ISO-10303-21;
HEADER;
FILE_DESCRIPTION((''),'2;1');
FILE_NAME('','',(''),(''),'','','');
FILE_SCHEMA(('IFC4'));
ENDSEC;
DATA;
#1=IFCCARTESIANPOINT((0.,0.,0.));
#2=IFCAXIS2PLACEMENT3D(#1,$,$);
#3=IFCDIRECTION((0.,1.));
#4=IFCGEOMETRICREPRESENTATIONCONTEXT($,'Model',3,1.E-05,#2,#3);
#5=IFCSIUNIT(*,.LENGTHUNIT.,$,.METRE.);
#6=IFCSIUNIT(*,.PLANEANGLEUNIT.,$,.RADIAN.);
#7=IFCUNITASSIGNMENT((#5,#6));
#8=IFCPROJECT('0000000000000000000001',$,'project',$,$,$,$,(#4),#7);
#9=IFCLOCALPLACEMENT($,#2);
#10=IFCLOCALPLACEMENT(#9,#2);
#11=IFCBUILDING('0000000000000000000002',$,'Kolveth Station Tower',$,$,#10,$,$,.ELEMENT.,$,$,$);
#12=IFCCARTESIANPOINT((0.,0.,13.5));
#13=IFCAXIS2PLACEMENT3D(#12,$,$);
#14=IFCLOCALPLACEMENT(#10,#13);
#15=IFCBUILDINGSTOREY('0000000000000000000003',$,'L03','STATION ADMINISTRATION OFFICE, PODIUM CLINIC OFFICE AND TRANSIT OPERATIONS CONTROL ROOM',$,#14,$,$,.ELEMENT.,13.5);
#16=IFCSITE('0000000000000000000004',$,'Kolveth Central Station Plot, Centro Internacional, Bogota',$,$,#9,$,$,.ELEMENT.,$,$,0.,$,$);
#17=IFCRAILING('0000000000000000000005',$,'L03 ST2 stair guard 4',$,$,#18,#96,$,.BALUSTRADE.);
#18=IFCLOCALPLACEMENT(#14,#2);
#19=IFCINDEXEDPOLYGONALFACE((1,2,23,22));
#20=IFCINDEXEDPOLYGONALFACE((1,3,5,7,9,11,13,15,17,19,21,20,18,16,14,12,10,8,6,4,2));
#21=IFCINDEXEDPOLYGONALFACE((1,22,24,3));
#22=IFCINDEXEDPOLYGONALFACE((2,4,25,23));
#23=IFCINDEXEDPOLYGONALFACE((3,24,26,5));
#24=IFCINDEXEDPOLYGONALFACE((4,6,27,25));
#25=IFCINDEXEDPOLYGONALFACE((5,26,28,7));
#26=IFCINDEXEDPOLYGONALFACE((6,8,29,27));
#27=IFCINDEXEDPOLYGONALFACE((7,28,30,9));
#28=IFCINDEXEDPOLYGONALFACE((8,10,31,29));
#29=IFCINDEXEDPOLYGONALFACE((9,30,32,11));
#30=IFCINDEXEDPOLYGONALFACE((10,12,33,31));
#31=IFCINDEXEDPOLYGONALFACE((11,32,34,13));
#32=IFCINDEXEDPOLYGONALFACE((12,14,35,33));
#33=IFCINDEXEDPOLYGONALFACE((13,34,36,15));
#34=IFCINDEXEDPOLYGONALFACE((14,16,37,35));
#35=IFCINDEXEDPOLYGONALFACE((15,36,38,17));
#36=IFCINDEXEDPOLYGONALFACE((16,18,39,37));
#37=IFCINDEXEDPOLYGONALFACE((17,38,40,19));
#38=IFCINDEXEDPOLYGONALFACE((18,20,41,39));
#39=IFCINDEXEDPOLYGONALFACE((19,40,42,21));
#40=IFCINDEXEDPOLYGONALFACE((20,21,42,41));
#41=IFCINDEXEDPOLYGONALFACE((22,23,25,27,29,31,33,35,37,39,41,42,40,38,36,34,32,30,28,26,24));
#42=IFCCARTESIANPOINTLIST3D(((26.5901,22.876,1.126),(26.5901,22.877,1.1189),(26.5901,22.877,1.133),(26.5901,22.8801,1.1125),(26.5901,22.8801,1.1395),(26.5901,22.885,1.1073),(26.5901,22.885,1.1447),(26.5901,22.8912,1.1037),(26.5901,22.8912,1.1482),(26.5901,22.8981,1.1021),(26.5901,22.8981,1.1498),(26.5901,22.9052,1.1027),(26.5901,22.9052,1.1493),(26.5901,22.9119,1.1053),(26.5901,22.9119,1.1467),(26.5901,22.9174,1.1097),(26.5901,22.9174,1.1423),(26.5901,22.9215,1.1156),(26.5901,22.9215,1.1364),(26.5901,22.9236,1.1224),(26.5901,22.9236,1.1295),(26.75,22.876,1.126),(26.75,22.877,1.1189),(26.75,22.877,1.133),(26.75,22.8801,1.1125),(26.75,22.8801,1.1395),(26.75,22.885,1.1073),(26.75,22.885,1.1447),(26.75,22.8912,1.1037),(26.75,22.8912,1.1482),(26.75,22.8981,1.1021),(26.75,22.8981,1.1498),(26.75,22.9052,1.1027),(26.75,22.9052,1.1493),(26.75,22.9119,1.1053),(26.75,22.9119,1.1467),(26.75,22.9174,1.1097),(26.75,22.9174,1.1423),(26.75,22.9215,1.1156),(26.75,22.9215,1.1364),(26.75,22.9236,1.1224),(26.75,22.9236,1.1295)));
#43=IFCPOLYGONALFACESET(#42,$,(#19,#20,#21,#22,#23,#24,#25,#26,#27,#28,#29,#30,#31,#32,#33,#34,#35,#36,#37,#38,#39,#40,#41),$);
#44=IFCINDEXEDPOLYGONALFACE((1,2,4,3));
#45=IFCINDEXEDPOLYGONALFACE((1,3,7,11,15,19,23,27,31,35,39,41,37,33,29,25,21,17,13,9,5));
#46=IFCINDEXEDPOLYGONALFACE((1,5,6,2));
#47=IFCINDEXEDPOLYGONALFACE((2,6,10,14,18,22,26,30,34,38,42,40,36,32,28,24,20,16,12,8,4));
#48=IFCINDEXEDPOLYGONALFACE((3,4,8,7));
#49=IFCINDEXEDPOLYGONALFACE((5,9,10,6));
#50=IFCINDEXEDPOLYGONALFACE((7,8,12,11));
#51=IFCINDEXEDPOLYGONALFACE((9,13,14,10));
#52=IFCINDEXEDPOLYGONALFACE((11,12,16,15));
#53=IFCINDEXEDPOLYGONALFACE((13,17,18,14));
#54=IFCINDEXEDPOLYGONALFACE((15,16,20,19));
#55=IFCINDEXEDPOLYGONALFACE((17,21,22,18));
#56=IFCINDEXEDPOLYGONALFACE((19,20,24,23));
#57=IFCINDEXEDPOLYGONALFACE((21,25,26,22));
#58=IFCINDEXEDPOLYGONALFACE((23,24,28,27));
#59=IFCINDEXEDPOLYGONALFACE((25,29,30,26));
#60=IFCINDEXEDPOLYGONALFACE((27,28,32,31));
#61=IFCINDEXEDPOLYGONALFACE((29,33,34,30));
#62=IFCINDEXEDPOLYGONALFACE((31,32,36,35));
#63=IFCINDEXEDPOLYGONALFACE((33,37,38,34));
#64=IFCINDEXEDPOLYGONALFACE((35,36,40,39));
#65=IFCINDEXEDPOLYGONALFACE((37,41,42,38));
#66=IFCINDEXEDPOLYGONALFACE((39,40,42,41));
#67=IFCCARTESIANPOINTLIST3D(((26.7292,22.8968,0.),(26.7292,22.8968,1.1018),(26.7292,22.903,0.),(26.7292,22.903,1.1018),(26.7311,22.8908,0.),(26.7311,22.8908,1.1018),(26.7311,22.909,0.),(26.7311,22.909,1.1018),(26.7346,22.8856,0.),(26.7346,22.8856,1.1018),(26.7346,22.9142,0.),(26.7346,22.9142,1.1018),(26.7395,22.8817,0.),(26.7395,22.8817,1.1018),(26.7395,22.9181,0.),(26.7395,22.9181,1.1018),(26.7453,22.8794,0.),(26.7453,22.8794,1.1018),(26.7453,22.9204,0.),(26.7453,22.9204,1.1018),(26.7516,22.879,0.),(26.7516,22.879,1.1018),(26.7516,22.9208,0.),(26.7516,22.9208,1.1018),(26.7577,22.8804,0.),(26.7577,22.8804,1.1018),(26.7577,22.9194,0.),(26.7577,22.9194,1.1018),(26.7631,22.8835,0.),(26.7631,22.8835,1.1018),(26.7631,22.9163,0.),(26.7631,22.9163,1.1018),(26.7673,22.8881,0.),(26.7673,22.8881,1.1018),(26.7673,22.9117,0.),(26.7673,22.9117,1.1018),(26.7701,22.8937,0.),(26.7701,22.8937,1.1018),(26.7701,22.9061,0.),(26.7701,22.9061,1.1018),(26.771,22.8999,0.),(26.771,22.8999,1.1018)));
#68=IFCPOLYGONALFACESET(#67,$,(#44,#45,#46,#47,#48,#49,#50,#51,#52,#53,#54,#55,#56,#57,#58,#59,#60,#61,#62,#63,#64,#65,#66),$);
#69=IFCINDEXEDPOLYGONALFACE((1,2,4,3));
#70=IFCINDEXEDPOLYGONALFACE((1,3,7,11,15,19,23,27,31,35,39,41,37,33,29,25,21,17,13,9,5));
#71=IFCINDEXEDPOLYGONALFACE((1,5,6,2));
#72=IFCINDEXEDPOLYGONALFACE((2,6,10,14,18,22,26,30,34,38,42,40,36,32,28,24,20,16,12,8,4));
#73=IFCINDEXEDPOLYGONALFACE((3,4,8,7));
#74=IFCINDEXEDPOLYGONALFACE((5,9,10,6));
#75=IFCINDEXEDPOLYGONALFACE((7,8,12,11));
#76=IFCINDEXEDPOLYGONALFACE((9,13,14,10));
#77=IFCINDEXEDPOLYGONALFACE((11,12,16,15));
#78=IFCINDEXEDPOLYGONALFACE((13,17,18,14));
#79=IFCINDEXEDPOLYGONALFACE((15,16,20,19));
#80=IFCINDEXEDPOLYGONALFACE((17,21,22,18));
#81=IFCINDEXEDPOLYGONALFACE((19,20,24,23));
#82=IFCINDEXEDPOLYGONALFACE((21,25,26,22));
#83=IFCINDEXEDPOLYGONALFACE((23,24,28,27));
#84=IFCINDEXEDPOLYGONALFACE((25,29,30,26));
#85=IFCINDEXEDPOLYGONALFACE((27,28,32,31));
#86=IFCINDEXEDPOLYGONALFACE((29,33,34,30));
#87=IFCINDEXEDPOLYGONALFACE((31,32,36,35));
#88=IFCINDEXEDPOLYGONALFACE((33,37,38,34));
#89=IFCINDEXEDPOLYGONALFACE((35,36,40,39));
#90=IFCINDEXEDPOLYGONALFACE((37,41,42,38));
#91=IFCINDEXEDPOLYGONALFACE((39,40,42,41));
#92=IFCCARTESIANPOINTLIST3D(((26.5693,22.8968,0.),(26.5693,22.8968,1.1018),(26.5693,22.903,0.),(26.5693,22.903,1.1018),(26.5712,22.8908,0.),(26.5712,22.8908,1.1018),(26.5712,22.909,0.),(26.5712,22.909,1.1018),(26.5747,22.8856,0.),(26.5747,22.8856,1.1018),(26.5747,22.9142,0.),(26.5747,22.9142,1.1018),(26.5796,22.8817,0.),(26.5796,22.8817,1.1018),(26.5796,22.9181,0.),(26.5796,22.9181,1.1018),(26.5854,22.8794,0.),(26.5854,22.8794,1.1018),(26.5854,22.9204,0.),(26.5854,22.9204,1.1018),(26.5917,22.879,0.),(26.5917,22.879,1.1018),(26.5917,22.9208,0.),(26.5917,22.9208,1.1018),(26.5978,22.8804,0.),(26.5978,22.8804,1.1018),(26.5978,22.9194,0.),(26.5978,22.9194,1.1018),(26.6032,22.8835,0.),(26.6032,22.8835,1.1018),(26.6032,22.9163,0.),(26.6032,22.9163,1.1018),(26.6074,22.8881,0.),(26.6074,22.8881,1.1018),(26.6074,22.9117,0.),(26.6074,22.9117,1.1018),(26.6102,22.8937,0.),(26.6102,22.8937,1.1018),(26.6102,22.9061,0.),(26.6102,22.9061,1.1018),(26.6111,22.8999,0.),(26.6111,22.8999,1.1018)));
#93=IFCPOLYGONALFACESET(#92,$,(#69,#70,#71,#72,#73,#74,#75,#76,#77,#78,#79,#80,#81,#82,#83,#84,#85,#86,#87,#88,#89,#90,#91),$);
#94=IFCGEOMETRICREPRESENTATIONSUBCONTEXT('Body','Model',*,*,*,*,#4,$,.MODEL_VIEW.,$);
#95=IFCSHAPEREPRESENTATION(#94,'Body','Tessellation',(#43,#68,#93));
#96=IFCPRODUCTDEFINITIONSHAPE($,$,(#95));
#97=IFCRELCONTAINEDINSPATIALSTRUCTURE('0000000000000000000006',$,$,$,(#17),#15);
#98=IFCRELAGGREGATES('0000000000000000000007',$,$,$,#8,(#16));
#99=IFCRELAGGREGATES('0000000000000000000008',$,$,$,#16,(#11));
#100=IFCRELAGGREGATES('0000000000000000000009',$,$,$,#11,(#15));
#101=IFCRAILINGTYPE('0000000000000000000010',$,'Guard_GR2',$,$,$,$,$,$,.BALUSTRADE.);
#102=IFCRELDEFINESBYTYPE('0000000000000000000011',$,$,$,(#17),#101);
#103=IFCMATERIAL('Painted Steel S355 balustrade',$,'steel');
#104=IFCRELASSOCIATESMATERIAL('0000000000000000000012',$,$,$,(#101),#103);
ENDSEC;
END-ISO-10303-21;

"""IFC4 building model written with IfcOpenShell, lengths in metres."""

from ifc_helpers import new_model, si_unit, direction, frame, origin, origin_2d, place, context, subcontext, project, spatial, circle, extrude, material, type_object, element, save


model = new_model("IFC4")

# Units and contexts
model_context = context("Model", 3, precision=1e-05, world=origin(), true_north=direction((0.0, 1.0)))
body_context = subcontext(model_context, "Body", "Model", "MODEL_VIEW")
ifc_project = project(units=[si_unit("LENGTHUNIT", "METRE"), si_unit("PLANEANGLEUNIT", "RADIAN")], contexts=[model_context])

# Site, building, storey
site_placement = place(None, origin())
site = spatial("IfcSite", under=ifc_project, at=site_placement, Name="Kolveth Central Station Plot, Centro Internacional, Bogota", CompositionType="ELEMENT", RefElevation=0.0)
building_placement = place(site_placement, origin())
building = spatial("IfcBuilding", under=site, at=building_placement, Name="Kolveth Station Tower", CompositionType="ELEMENT")
storey_placement = place(building_placement, frame((0.0, 0.0, 13.5)))
storey = spatial("IfcBuildingStorey", under=building, at=storey_placement, Name="L03", Description="STATION ADMINISTRATION OFFICE, PODIUM CLINIC OFFICE AND TRANSIT OPERATIONS CONTROL ROOM", CompositionType="ELEMENT", Elevation=13.5)

# Railing
ifc_material_1 = material(Name="Painted Steel S355 balustrade", Category="steel")
railing_type_1 = type_object("IfcRailingType", Name="Guard_GR2", PredefinedType="BALUSTRADE", material=ifc_material_1)
railing_1_placement = place(storey_placement, frame((26.75, 22.8999, 0.0)))
element("IfcRailing", 1, at=railing_1_placement, inside=storey, type_object=railing_type_1, Name="L03 ST2 stair guard 4", PredefinedType="BALUSTRADE", context=body_context, shape_type="SweptSolid", body=[
    extrude(circle(Radius=0.0239, at=origin_2d()), frame((0.0, 0.0, 1.126), z_axis=(-1.0, 0.0, 0.0), x_axis=(0.0, -1.0, 0.0)), (0.0, 0.0, 1.0), 0.1599),
    extrude(circle(Radius=0.021, at=origin_2d()), origin(), (0.0, 0.0, 1.0), 1.1018),
    extrude(circle(Radius=0.021, at=origin_2d()), frame((-0.1599, 0.0, 0.0)), (0.0, 0.0, 1.0), 1.1018),
])

save(model, "model.ifc")
